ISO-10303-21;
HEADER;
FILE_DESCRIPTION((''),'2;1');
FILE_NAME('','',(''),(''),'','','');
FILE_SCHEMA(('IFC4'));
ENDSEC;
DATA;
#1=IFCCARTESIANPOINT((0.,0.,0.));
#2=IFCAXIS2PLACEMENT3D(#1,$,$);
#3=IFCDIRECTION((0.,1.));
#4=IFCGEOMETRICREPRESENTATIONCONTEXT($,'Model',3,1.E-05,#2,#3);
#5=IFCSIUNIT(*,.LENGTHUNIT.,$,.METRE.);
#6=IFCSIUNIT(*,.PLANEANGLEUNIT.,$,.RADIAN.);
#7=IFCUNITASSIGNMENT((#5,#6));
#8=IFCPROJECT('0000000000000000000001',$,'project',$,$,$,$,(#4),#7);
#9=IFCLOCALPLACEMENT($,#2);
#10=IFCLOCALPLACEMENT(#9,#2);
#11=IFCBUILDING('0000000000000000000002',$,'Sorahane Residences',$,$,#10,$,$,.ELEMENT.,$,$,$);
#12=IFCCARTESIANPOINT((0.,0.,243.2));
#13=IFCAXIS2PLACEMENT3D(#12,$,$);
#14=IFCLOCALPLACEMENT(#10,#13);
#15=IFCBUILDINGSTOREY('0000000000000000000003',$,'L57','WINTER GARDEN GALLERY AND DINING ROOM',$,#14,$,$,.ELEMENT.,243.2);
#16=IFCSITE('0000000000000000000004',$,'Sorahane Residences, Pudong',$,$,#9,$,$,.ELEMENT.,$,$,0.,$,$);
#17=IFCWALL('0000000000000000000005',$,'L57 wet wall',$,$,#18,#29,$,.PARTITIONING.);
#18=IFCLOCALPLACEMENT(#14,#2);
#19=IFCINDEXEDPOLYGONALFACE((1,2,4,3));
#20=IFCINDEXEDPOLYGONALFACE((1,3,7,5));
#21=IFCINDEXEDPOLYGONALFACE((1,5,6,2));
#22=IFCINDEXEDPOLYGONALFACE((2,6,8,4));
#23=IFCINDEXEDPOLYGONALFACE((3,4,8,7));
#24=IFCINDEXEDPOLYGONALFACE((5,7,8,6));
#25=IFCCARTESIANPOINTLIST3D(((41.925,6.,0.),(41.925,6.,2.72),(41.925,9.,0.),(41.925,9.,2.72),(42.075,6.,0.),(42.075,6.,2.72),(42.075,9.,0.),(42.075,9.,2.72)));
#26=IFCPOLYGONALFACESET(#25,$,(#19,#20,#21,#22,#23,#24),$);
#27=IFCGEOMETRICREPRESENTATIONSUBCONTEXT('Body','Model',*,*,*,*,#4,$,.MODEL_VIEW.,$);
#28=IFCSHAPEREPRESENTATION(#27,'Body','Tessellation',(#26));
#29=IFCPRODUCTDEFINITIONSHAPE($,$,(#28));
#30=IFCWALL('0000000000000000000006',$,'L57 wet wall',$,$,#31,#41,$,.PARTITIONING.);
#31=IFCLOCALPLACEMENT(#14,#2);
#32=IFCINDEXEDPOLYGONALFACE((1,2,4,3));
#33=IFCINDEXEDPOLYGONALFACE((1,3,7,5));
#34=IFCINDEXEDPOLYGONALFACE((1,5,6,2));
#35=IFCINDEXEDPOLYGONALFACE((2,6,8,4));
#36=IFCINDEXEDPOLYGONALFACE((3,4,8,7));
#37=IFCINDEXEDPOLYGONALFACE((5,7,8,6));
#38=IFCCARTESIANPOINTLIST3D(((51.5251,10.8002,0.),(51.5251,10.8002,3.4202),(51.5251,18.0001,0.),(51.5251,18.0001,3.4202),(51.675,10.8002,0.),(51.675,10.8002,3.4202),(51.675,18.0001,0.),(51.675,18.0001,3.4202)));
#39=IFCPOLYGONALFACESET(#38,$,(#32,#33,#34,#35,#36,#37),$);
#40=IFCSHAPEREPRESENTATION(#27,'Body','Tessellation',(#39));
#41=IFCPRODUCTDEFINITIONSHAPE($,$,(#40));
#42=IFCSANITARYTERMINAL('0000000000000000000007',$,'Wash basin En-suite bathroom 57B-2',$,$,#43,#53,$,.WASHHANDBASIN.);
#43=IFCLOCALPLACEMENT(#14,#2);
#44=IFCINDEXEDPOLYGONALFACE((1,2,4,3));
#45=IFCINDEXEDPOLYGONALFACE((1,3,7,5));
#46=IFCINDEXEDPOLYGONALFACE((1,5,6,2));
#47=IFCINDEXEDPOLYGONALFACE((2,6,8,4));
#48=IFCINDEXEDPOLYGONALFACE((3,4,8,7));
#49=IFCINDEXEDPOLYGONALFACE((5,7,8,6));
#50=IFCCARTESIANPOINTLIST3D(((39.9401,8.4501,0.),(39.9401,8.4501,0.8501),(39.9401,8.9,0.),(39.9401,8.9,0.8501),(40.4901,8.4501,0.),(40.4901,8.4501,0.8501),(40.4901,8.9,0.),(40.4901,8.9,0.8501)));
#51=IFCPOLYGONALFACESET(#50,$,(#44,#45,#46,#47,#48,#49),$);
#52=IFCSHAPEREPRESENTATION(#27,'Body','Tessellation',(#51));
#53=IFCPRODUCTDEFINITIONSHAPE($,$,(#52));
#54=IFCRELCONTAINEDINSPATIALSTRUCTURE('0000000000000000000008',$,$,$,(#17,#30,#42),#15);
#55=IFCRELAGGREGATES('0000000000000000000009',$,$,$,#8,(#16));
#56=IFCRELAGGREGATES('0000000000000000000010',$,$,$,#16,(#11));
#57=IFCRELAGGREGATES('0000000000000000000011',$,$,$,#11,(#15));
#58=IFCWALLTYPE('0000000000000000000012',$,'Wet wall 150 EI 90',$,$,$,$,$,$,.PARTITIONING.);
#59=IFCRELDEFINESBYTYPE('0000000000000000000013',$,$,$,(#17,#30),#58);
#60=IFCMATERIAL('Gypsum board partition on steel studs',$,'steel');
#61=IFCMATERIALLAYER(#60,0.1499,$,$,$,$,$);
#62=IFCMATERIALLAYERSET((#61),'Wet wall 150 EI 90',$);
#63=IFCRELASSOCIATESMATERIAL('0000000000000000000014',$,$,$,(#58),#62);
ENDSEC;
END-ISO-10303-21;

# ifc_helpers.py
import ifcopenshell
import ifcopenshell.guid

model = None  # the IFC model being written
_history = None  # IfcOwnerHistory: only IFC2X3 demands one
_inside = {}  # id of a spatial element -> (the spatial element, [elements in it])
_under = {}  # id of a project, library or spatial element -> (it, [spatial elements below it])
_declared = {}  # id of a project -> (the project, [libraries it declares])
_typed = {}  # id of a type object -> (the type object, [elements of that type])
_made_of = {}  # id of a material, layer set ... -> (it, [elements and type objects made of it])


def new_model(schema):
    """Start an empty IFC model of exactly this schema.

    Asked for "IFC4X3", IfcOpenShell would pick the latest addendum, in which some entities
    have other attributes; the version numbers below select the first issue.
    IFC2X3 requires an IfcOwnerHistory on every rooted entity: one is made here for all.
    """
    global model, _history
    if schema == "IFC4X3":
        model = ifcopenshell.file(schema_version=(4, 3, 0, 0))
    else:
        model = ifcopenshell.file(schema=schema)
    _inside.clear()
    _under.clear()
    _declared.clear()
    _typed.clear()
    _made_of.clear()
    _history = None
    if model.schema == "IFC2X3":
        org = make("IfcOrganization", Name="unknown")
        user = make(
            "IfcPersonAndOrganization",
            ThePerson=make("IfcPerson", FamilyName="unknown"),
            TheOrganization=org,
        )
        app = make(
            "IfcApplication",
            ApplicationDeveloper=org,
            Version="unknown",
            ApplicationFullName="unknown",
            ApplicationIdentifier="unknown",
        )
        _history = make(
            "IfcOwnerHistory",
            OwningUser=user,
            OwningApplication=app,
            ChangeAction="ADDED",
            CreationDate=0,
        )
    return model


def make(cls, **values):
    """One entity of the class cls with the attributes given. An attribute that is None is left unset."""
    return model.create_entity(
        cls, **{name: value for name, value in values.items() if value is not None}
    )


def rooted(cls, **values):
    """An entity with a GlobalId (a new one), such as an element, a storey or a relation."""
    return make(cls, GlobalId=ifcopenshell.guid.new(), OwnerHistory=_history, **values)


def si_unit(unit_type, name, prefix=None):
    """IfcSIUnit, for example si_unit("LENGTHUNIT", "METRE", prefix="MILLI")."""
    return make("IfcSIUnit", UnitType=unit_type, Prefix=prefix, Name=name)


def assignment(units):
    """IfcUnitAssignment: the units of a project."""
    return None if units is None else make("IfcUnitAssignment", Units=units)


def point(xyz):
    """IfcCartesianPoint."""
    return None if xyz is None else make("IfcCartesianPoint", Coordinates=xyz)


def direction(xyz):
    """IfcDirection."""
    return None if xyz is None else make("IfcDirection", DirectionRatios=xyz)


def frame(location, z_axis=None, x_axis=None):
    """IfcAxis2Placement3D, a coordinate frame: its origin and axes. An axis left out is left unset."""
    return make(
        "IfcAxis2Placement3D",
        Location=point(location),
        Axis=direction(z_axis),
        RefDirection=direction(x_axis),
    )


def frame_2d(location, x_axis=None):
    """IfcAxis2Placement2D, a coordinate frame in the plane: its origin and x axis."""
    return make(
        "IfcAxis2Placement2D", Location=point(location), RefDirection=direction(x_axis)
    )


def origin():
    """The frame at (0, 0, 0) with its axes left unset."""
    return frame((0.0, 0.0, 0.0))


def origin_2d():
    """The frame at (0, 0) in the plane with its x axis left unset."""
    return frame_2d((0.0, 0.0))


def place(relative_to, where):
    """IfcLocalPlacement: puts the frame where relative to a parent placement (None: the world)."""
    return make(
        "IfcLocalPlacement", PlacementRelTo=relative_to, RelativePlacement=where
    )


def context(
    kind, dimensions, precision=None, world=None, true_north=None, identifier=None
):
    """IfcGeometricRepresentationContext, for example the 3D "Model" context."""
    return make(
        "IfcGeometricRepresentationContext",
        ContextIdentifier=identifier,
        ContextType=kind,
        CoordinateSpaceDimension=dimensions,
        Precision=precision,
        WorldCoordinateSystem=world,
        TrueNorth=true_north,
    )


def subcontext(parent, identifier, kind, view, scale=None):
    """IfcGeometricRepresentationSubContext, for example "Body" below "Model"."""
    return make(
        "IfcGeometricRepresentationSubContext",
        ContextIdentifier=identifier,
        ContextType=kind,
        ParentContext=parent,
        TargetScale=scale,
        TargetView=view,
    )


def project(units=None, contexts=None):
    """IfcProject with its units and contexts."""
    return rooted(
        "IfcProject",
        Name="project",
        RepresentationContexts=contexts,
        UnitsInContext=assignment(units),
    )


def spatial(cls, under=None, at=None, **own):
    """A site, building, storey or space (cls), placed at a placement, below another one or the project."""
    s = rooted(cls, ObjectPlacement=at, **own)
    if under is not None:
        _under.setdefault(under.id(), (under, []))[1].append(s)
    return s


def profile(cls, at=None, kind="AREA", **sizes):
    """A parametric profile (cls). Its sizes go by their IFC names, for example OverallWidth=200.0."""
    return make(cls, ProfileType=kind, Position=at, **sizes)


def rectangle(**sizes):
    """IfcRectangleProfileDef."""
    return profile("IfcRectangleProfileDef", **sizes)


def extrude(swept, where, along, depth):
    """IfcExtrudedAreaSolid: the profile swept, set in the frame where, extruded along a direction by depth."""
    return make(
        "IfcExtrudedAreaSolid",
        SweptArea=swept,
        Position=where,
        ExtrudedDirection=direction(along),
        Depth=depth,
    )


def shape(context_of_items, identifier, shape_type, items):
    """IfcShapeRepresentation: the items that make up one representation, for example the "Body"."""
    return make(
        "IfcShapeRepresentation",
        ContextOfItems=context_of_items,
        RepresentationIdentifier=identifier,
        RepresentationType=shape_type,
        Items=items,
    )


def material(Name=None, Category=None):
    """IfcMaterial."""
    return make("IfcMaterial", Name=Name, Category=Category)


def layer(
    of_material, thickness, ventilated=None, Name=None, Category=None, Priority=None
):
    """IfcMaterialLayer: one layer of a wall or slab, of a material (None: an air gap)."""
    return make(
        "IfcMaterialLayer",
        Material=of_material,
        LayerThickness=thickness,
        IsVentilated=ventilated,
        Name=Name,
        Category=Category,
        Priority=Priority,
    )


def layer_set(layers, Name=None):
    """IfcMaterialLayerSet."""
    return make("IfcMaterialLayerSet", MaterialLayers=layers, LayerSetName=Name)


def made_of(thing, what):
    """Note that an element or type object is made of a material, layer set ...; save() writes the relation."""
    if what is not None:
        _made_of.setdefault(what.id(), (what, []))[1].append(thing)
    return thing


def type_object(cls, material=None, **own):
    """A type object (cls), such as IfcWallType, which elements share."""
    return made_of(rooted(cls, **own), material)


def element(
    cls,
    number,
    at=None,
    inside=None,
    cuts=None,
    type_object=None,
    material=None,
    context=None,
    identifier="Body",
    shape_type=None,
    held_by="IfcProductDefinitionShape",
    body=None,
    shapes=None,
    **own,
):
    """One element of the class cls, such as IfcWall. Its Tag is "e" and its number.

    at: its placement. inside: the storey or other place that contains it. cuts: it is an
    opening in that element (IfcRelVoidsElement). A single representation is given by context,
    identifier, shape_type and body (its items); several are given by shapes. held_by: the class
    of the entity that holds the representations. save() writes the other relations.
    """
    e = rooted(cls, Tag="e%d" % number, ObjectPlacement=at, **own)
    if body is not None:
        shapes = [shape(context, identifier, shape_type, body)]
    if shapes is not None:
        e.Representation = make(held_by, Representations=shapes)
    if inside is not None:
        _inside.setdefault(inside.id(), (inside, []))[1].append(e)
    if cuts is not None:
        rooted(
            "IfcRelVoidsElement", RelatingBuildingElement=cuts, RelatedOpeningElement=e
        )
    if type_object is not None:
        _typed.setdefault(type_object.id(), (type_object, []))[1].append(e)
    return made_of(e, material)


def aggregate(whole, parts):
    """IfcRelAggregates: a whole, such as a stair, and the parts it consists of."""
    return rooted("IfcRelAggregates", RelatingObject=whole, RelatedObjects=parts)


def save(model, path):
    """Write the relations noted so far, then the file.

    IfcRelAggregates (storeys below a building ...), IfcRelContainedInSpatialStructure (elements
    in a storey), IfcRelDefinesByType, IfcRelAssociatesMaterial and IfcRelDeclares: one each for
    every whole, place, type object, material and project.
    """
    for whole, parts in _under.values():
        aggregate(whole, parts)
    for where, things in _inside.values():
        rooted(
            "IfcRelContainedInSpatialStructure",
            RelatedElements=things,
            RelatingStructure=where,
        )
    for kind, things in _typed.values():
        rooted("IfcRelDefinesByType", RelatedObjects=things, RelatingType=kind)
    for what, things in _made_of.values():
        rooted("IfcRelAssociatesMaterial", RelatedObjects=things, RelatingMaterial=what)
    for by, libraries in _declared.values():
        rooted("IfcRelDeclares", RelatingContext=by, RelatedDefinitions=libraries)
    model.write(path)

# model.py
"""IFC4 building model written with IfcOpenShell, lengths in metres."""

from ifc_helpers import new_model, si_unit, direction, frame, frame_2d, origin, origin_2d, place, context, subcontext, project, spatial, rectangle, extrude, material, layer, layer_set, type_object, element, save


model = new_model("IFC4")

# Units and contexts
model_context = context("Model", 3, precision=1e-05, world=origin(), true_north=direction((0.0, 1.0)))
body_context = subcontext(model_context, "Body", "Model", "MODEL_VIEW")
ifc_project = project(units=[si_unit("LENGTHUNIT", "METRE"), si_unit("PLANEANGLEUNIT", "RADIAN")], contexts=[model_context])

# Site, building, storey
site_placement = place(None, origin())
site = spatial("IfcSite", under=ifc_project, at=site_placement, Name="Sorahane Residences, Pudong", CompositionType="ELEMENT", RefElevation=0.0)
building_placement = place(site_placement, origin())
building = spatial("IfcBuilding", under=site, at=building_placement, Name="Sorahane Residences", CompositionType="ELEMENT")
storey_placement = place(building_placement, frame((0.0, 0.0, 243.2)))
storey = spatial("IfcBuildingStorey", under=building, at=storey_placement, Name="L57", Description="WINTER GARDEN GALLERY AND DINING ROOM", CompositionType="ELEMENT", Elevation=243.2)

# Walls
ifc_material_1 = material(Name="Gypsum board partition on steel studs", Category="steel")
ifc_layer_1 = layer(ifc_material_1, 0.1499)
ifc_layer_set_1 = layer_set([ifc_layer_1], Name="Wet wall 150 EI 90")
wall_type_1 = type_object("IfcWallType", Name="Wet wall 150 EI 90", PredefinedType="PARTITIONING", material=ifc_layer_set_1)
wall_1_placement = place(storey_placement, frame((42.0, 6.0, 0.0), z_axis=(0.0, 0.0, 1.0), x_axis=(0.0, 1.0, 0.0)))
element("IfcWall", 1, at=wall_1_placement, inside=storey, type_object=wall_type_1, Name="L57 wet wall", PredefinedType="PARTITIONING", context=body_context, shape_type="SweptSolid", body=[
    extrude(rectangle(XDim=3.0, YDim=0.1499, at=frame_2d((1.5, 0.0))), origin(), (0.0, 0.0, 1.0), 2.72),
])
wall_2_placement = place(storey_placement, frame((51.6001, 10.8, 0.0), z_axis=(0.0, 0.0, 1.0), x_axis=(0.0, 1.0, 0.0)))
element("IfcWall", 2, at=wall_2_placement, inside=storey, type_object=wall_type_1, Name="L57 wet wall", PredefinedType="PARTITIONING", context=body_context, shape_type="SweptSolid", body=[
    extrude(rectangle(XDim=7.2, YDim=0.1499, at=frame_2d((3.6001, 0.0))), origin(), (0.0, 0.0, 1.0), 3.4202),
])

# Sanitary terminal
sanitary_terminal_placement = place(storey_placement, frame((40.2151, 8.675, 0.0), z_axis=(0.0, 0.0, 1.0), x_axis=(1.0, 0.0, 0.0)))
element("IfcSanitaryTerminal", 3, at=sanitary_terminal_placement, inside=storey, Name="Wash basin En-suite bathroom 57B-2", PredefinedType="WASHHANDBASIN", context=body_context, shape_type="SweptSolid", body=[
    extrude(rectangle(XDim=0.55, YDim=0.45, at=origin_2d()), origin(), (0.0, 0.0, 1.0), 0.8501),
])

save(model, "model.ifc")
